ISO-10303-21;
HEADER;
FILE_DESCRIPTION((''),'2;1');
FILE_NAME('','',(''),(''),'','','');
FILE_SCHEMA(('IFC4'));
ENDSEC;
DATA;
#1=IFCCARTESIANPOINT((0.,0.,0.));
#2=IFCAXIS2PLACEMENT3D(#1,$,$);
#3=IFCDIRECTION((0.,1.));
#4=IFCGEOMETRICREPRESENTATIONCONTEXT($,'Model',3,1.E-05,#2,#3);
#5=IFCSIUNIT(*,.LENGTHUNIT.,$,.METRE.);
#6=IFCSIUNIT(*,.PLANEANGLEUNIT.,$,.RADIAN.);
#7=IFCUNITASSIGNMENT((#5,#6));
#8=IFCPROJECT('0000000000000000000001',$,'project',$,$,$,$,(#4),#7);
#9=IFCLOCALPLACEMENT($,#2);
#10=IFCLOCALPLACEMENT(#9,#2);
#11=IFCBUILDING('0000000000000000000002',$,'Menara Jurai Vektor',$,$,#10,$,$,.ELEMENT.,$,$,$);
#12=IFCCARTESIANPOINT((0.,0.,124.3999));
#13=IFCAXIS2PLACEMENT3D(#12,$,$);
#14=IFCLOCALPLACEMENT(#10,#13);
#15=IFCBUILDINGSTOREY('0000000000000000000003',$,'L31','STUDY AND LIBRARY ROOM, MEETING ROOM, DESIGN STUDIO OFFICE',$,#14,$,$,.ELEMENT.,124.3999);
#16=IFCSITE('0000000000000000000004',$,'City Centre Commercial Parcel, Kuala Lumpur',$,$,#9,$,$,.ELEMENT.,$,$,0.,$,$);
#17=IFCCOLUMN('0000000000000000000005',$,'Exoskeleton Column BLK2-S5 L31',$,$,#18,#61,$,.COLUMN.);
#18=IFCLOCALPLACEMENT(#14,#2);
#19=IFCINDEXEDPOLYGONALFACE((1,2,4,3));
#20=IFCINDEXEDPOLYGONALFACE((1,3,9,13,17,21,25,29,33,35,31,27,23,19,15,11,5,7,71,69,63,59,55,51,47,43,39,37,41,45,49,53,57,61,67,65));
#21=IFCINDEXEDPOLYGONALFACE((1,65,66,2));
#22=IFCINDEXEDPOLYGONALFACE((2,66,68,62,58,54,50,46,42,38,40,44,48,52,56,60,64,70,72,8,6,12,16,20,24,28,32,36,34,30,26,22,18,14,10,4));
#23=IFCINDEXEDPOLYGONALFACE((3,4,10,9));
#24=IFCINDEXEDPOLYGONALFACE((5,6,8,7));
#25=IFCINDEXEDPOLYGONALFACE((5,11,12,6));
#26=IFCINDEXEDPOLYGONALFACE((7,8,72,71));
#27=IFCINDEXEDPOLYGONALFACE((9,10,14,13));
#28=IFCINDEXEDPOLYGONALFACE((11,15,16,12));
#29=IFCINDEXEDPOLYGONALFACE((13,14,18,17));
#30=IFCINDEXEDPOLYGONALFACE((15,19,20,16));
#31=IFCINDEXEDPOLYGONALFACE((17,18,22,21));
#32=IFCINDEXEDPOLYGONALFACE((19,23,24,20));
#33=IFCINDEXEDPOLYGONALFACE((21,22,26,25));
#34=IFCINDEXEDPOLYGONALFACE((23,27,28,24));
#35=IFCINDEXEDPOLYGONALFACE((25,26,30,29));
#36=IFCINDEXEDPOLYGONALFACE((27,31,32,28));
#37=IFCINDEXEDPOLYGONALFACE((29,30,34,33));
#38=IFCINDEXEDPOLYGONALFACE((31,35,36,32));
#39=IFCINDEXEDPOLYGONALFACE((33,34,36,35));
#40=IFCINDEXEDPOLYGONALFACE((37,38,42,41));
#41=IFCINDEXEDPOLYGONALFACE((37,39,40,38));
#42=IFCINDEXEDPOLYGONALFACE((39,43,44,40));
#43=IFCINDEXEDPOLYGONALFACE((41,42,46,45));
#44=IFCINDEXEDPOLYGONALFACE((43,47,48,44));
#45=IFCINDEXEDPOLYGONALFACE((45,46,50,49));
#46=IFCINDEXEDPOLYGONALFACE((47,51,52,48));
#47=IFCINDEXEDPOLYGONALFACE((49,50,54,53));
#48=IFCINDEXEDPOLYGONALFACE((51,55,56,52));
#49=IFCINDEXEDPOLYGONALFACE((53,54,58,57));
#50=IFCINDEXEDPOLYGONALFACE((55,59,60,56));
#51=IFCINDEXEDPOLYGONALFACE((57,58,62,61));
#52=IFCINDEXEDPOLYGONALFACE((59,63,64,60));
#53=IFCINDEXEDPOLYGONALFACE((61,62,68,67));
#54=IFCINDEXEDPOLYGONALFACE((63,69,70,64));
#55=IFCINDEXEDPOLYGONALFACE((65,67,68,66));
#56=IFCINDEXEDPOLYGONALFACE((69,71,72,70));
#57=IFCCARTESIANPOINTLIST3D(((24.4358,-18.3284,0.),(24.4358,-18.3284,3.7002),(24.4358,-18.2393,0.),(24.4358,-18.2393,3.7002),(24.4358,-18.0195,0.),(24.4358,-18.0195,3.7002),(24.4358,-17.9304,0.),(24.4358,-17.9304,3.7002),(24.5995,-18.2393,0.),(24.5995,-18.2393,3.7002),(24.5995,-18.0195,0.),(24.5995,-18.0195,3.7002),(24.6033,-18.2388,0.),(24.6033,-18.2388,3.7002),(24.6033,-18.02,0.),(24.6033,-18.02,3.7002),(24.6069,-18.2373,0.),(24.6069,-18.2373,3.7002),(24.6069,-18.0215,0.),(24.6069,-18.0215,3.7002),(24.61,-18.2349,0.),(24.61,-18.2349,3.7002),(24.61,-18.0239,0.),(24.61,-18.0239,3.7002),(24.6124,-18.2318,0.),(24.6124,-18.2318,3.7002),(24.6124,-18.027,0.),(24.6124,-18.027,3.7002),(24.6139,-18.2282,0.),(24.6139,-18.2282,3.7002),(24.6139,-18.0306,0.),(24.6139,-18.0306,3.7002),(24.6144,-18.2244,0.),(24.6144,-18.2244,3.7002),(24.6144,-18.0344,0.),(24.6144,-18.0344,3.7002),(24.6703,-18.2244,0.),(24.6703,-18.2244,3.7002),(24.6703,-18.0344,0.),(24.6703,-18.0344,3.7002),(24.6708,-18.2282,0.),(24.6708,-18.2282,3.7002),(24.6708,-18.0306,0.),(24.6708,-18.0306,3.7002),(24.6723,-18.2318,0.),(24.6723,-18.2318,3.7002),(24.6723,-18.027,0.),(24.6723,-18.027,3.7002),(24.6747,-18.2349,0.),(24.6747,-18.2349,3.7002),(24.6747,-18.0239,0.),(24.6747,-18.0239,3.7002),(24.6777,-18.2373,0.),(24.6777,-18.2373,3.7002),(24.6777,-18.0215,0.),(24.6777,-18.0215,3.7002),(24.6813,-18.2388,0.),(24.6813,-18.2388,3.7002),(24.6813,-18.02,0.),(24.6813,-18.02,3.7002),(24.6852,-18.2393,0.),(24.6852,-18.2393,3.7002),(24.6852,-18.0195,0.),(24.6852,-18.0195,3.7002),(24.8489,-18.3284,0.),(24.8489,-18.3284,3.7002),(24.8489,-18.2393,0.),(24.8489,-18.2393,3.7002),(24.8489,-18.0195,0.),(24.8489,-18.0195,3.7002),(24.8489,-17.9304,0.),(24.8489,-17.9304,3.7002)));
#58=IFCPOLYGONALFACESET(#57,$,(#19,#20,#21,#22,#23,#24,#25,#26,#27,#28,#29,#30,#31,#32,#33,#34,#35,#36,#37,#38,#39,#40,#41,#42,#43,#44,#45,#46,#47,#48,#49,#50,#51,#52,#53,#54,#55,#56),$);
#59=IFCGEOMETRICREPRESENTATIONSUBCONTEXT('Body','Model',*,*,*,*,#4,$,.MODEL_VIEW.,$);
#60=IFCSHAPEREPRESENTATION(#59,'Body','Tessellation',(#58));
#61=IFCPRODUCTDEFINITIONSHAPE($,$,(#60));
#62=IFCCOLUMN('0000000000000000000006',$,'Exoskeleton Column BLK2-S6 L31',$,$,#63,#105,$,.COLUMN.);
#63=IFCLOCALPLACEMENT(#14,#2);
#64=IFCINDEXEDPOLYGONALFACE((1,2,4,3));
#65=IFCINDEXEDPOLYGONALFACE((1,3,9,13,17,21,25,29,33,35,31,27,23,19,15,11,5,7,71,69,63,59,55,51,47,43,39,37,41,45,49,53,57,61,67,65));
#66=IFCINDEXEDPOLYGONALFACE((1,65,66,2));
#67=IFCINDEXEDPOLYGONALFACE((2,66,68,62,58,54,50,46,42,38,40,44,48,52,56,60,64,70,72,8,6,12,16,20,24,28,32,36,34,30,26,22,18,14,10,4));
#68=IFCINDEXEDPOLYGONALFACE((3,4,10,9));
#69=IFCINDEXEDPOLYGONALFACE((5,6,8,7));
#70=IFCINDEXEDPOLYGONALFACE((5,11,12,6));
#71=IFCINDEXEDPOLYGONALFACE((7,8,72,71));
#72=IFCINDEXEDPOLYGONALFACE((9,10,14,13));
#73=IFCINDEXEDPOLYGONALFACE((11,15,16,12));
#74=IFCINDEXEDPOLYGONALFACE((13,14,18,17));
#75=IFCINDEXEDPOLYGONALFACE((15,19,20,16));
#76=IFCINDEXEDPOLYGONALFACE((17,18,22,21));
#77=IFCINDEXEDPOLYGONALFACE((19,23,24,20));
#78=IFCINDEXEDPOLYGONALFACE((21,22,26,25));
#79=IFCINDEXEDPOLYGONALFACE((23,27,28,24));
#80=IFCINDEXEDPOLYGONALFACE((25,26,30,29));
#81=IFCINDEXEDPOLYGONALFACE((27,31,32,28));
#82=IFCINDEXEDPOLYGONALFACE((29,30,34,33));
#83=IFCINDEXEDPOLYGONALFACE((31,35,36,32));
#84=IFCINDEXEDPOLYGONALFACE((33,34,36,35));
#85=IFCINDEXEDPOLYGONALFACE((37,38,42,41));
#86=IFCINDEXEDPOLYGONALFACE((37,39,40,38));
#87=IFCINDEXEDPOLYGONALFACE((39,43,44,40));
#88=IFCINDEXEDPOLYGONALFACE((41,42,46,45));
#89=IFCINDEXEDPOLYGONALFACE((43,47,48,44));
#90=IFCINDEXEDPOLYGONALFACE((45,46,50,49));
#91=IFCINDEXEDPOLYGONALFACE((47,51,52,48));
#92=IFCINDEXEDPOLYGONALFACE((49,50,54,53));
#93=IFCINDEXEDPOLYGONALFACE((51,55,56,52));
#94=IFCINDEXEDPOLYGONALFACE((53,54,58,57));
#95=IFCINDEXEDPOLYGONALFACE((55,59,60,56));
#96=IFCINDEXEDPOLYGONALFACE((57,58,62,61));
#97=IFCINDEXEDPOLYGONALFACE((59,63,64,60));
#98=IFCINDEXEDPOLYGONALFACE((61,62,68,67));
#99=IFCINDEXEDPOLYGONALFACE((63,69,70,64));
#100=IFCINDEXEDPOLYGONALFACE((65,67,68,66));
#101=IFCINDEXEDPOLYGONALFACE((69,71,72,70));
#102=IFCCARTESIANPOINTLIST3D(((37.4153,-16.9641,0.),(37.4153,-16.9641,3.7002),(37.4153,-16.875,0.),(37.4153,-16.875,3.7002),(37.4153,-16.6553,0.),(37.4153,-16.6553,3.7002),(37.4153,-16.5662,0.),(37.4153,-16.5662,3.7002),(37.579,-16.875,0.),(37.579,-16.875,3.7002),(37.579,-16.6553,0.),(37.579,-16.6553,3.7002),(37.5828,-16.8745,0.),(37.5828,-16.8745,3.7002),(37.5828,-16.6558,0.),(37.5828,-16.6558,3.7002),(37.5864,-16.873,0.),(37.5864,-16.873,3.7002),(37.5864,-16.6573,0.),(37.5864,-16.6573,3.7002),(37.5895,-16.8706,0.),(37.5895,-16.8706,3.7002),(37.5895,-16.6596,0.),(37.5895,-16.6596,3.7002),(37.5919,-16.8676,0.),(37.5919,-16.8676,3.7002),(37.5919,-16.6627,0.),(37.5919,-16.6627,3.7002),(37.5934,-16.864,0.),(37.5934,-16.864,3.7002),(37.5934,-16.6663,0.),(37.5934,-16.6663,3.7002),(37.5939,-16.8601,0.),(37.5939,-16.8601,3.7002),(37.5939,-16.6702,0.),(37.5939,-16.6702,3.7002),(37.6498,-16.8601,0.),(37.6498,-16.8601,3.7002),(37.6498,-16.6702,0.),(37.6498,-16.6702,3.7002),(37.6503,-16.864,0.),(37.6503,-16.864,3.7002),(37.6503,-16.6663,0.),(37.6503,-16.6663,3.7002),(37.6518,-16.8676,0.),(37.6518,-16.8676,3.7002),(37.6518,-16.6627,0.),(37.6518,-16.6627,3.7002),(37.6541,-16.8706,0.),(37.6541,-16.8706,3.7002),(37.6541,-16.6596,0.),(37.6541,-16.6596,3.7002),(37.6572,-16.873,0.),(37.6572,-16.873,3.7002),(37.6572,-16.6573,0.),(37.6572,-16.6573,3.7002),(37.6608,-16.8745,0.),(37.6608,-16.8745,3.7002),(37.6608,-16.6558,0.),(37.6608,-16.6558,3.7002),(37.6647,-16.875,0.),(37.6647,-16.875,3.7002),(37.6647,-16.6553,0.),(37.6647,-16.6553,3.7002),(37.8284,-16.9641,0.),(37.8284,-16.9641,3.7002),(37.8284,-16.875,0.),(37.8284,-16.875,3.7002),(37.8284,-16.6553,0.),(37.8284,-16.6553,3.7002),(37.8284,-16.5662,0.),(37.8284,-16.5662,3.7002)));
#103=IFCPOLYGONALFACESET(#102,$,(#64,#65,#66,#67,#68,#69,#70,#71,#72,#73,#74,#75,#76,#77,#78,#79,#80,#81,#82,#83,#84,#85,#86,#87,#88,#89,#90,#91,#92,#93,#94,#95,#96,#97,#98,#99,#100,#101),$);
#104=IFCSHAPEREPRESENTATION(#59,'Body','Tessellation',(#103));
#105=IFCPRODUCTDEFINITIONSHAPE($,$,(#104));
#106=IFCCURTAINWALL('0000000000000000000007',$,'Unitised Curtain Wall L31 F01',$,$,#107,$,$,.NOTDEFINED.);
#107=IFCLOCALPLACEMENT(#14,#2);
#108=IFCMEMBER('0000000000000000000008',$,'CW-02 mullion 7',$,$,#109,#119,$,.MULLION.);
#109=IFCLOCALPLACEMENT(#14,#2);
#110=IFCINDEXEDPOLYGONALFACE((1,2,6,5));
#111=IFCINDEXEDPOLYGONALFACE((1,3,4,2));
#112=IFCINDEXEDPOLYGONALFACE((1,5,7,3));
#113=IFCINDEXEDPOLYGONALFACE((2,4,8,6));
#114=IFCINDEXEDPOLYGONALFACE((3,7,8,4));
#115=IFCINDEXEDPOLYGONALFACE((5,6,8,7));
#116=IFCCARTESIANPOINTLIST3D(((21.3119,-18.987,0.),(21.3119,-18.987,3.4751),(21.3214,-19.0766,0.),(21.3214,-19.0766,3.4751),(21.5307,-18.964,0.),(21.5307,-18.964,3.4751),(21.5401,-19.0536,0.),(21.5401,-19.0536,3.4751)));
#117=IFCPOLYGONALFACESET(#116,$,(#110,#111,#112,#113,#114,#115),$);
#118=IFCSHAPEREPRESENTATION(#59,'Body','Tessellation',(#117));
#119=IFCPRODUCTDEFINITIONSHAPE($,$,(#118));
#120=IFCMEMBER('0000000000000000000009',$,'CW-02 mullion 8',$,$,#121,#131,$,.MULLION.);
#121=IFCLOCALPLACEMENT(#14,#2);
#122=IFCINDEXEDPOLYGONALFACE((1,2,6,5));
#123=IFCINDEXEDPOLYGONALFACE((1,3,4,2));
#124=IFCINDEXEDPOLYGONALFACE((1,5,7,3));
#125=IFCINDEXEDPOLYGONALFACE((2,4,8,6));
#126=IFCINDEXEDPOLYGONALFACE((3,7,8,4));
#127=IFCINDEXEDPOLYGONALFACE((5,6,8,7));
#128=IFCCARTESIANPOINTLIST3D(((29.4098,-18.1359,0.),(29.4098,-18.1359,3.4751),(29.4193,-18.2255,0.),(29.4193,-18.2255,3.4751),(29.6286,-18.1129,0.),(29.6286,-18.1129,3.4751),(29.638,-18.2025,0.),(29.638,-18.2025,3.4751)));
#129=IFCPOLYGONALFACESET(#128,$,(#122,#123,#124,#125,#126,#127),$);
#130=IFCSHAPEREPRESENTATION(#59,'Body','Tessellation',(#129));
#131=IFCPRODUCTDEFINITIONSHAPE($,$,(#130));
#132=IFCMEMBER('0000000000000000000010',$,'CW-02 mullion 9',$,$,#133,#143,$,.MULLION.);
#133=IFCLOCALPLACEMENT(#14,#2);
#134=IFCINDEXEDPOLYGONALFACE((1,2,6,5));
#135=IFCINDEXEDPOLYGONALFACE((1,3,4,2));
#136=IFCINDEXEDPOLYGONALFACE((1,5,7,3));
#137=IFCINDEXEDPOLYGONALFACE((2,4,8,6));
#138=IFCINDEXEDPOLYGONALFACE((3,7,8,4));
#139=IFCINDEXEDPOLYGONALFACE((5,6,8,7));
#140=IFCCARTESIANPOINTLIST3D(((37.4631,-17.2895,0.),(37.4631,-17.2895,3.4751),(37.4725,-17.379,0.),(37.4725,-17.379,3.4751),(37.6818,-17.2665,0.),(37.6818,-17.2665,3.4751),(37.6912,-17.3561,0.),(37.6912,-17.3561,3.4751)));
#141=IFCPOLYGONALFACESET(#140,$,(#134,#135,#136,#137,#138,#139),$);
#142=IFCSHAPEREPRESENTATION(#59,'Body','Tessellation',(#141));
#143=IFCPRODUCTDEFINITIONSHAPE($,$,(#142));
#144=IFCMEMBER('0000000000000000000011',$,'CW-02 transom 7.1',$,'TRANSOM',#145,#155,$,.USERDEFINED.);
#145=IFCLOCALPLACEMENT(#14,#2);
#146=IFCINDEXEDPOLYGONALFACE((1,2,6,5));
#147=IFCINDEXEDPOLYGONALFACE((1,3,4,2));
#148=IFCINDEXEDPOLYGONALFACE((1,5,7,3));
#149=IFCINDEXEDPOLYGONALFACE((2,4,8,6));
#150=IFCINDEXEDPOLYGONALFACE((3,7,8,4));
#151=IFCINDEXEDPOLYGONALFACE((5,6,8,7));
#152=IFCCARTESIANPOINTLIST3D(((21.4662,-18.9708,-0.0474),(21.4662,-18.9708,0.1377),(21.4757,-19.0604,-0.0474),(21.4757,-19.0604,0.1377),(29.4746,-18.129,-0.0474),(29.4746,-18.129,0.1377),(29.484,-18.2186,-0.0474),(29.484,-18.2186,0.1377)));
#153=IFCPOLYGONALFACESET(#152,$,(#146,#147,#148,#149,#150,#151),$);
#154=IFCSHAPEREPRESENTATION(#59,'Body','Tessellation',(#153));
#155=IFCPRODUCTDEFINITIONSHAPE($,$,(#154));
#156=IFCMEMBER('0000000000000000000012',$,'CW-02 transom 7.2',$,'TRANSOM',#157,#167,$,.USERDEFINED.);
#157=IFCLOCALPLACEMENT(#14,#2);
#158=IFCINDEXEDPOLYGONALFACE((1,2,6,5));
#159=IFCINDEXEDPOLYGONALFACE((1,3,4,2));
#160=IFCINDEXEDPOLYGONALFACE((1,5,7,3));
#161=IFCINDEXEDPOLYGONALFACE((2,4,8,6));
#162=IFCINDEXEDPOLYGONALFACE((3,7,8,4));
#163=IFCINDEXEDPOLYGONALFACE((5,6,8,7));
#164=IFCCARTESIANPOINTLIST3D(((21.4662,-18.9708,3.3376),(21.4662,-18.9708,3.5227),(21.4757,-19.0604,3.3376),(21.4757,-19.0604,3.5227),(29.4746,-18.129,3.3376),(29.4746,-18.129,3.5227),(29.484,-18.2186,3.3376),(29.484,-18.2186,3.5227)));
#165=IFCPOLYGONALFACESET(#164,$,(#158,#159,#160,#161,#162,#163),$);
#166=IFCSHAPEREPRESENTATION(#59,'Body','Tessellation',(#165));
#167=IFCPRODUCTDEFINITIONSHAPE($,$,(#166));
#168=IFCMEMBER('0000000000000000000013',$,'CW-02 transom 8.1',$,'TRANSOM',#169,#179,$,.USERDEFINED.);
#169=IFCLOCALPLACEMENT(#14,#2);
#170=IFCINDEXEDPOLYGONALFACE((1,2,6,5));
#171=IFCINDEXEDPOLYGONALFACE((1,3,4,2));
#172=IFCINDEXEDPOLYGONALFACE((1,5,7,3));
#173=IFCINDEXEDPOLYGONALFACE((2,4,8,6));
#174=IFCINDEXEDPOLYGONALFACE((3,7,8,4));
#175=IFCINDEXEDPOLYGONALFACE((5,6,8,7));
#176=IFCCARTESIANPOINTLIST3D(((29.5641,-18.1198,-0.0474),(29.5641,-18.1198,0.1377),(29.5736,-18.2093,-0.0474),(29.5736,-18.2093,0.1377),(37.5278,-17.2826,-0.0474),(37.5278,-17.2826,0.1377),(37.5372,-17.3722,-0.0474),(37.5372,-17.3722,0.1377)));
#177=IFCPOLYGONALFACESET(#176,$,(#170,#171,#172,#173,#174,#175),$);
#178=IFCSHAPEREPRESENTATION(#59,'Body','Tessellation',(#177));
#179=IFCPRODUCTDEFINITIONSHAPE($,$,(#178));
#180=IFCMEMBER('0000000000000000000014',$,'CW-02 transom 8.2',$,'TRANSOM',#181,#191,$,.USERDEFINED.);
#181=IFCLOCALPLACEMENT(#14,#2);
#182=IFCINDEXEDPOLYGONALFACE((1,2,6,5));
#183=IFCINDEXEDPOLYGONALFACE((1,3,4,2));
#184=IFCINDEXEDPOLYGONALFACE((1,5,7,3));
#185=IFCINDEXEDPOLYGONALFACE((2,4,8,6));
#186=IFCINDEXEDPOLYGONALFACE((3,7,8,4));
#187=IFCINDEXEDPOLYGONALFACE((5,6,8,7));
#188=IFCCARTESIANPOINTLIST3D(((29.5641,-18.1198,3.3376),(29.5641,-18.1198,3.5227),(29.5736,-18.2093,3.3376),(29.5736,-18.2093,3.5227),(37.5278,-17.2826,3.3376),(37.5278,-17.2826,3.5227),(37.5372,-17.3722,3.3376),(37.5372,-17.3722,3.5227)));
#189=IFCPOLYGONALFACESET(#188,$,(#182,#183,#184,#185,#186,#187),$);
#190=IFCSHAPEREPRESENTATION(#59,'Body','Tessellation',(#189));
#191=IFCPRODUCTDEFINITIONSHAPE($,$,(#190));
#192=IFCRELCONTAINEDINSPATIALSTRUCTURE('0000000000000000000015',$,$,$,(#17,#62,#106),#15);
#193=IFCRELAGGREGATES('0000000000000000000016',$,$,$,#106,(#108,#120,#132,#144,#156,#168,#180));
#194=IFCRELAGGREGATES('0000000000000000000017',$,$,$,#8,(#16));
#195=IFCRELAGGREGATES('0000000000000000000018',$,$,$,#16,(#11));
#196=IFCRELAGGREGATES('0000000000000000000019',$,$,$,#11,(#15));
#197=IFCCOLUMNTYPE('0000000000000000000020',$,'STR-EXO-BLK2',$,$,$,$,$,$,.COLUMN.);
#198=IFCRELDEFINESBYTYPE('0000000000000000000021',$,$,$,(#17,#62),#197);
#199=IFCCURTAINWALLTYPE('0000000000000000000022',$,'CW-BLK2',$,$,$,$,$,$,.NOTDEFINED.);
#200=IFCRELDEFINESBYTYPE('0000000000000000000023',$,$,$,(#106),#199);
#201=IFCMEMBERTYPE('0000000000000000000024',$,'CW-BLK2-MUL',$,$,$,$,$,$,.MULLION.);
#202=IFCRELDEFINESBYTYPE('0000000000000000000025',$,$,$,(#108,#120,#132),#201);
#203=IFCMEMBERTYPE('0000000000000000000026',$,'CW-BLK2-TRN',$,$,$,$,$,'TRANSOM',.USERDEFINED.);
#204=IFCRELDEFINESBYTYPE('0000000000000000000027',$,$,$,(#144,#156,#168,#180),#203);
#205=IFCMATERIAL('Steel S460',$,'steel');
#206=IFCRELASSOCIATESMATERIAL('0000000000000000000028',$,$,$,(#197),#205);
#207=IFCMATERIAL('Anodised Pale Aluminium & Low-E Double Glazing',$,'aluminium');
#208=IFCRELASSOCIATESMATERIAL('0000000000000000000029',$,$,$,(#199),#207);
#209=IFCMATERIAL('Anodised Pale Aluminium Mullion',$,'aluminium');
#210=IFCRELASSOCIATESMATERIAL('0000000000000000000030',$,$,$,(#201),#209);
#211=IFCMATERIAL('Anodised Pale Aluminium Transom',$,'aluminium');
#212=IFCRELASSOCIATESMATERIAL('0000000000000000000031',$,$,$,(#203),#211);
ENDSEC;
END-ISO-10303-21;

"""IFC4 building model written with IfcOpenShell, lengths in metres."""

from ifc_helpers import new_model, si_unit, direction, frame, origin, origin_2d, place, context, subcontext, project, spatial, rectangle, i_section, extrude, material, material_profile, profile_set, type_object, element, aggregate, save


model = new_model("IFC4")

# Units and contexts
model_context = context("Model", 3, precision=1e-05, world=origin(), true_north=direction((0.0, 1.0)))
body_context = subcontext(model_context, "Body", "Model", "MODEL_VIEW")
ifc_project = project(units=[si_unit("LENGTHUNIT", "METRE"), si_unit("PLANEANGLEUNIT", "RADIAN")], contexts=[model_context])

# Site, building, storey
site_placement = place(None, origin())
site = spatial("IfcSite", under=ifc_project, at=site_placement, Name="City Centre Commercial Parcel, Kuala Lumpur", CompositionType="ELEMENT", RefElevation=0.0)
building_placement = place(site_placement, origin())
building = spatial("IfcBuilding", under=site, at=building_placement, Name="Menara Jurai Vektor", CompositionType="ELEMENT")
storey_placement = place(building_placement, frame((0.0, 0.0, 124.3999)))
storey = spatial("IfcBuildingStorey", under=building, at=storey_placement, Name="L31", Description="STUDY AND LIBRARY ROOM, MEETING ROOM, DESIGN STUDIO OFFICE", CompositionType="ELEMENT", Elevation=124.3999)

# Columns
ifc_material_1 = material(Name="Steel S460", Category="steel")
ifc_material_profile_1 = material_profile(ifc_material_1, i_section(OverallWidth=0.4131, OverallDepth=0.3979, WebThickness=0.0559, FlangeThickness=0.0891, FilletRadius=0.0149, at=origin_2d()), Name="HD 400x744")
ifc_profile_set_1 = profile_set([ifc_material_profile_1], Name="Steel S460")
column_type = type_object("IfcColumnType", Name="STR-EXO-BLK2", PredefinedType="COLUMN", material=ifc_profile_set_1)
for number, where, z_axis, x_axis, name in (
    (1, (24.6423, -18.1294, 0.0), (0.0, 0.0, 1.0), (1.0, 0.0, 0.0), "Exoskeleton Column BLK2-S5 L31"),
    (2, (37.6218, -16.7651, 0.0), (0.0, 0.0, 1.0), (1.0, 0.0, 0.0), "Exoskeleton Column BLK2-S6 L31"),
):
    element("IfcColumn", number, at=place(storey_placement, frame(where, z_axis=z_axis, x_axis=x_axis)), inside=storey, type_object=column_type, Name=name, PredefinedType="COLUMN", context=body_context, shape_type="SweptSolid", body=[
        extrude(i_section(OverallWidth=0.4131, OverallDepth=0.3979, WebThickness=0.0559, FlangeThickness=0.0891, FilletRadius=0.0149, at=origin_2d()), origin(), (0.0, 0.0, 1.0), 3.7002),
    ])

# Curtain wall, members
ifc_material_2 = material(Name="Anodised Pale Aluminium & Low-E Double Glazing", Category="aluminium")
curtain_wall_type = type_object("IfcCurtainWallType", Name="CW-BLK2", PredefinedType="NOTDEFINED", material=ifc_material_2)
curtain_wall_placement = place(storey_placement, origin())
curtain_wall = element("IfcCurtainWall", 3, at=curtain_wall_placement, inside=storey, type_object=curtain_wall_type, Name="Unitised Curtain Wall L31 F01", PredefinedType="NOTDEFINED")
ifc_material_3 = material(Name="Anodised Pale Aluminium Mullion", Category="aluminium")
ifc_material_profile_2 = material_profile(ifc_material_3, rectangle(XDim=0.0901, YDim=0.22, at=origin_2d()), Name="ALU MUL 90x220")
ifc_profile_set_2 = profile_set([ifc_material_profile_2], Name="Anodised Pale Aluminium Mullion")
member_type_1 = type_object("IfcMemberType", Name="CW-BLK2-MUL", PredefinedType="MULLION", material=ifc_profile_set_2)
member_1_placement = place(storey_placement, frame((21.426, -19.0203, 0.0), z_axis=(0.0, 0.0, 1.0), x_axis=(-0.104529, 0.994522, 0.0)))
member_1 = element("IfcMember", 4, at=member_1_placement, type_object=member_type_1, Name="CW-02 mullion 7", PredefinedType="MULLION", context=body_context, shape_type="SweptSolid", body=[
    extrude(rectangle(XDim=0.0901, YDim=0.22, at=origin_2d()), origin(), (0.0, 0.0, 1.0), 3.4751),
])
member_2_placement = place(storey_placement, frame((29.5239, -18.1692, 0.0), z_axis=(0.0, 0.0, 1.0), x_axis=(-0.104529, 0.994522, 0.0)))
member_2 = element("IfcMember", 5, at=member_2_placement, type_object=member_type_1, Name="CW-02 mullion 8", PredefinedType="MULLION", context=body_context, shape_type="SweptSolid", body=[
    extrude(rectangle(XDim=0.0901, YDim=0.22, at=origin_2d()), origin(), (0.0, 0.0, 1.0), 3.4751),
])
member_3_placement = place(storey_placement, frame((37.5771, -17.3228, 0.0), z_axis=(0.0, 0.0, 1.0), x_axis=(-0.104529, 0.994522, 0.0)))
member_3 = element("IfcMember", 6, at=member_3_placement, type_object=member_type_1, Name="CW-02 mullion 9", PredefinedType="MULLION", context=body_context, shape_type="SweptSolid", body=[
    extrude(rectangle(XDim=0.0901, YDim=0.22, at=origin_2d()), origin(), (0.0, 0.0, 1.0), 3.4751),
])
ifc_material_4 = material(Name="Anodised Pale Aluminium Transom", Category="aluminium")
ifc_material_profile_3 = material_profile(ifc_material_4, rectangle(XDim=0.0901, YDim=0.1851, at=origin_2d()), Name="ALU TRN 90x185")
ifc_profile_set_3 = profile_set([ifc_material_profile_3], Name="Anodised Pale Aluminium Transom")
member_type_2 = type_object("IfcMemberType", Name="CW-BLK2-TRN", ElementType="TRANSOM", PredefinedType="USERDEFINED", material=ifc_profile_set_3)
member_4_placement = place(storey_placement, frame((21.4709, -19.0156, 0.0452), z_axis=(0.994521, 0.10454, 0.0), x_axis=(-0.10454, 0.994521, 0.0)))
member_4 = element("IfcMember", 7, at=member_4_placement, type_object=member_type_2, Name="CW-02 transom 7.1", ObjectType="TRANSOM", PredefinedType="USERDEFINED", context=body_context, shape_type="SweptSolid", body=[
    extrude(rectangle(XDim=0.0901, YDim=0.1851, at=origin_2d()), origin(), (0.0, 0.0, 1.0), 8.0525),
])
member_5_placement = place(storey_placement, frame((21.4709, -19.0156, 3.4302), z_axis=(0.994521, 0.10454, 0.0), x_axis=(-0.10454, 0.994521, 0.0)))
member_5 = element("IfcMember", 8, at=member_5_placement, type_object=member_type_2, Name="CW-02 transom 7.2", ObjectType="TRANSOM", PredefinedType="USERDEFINED", context=body_context, shape_type="SweptSolid", body=[
    extrude(rectangle(XDim=0.0901, YDim=0.1851, at=origin_2d()), origin(), (0.0, 0.0, 1.0), 8.0525),
])
member_6_placement = place(storey_placement, frame((29.5688, -18.1646, 0.0452), z_axis=(0.99452, 0.104547, 0.0), x_axis=(-0.104547, 0.99452, 0.0)))
member_6 = element("IfcMember", 9, at=member_6_placement, type_object=member_type_2, Name="CW-02 transom 8.1", ObjectType="TRANSOM", PredefinedType="USERDEFINED", context=body_context, shape_type="SweptSolid", body=[
    extrude(rectangle(XDim=0.0901, YDim=0.1851, at=origin_2d()), origin(), (0.0, 0.0, 1.0), 8.0076),
])
member_7_placement = place(storey_placement, frame((29.5688, -18.1646, 3.4302), z_axis=(0.99452, 0.104547, 0.0), x_axis=(-0.104547, 0.99452, 0.0)))
member_7 = element("IfcMember", 10, at=member_7_placement, type_object=member_type_2, Name="CW-02 transom 8.2", ObjectType="TRANSOM", PredefinedType="USERDEFINED", context=body_context, shape_type="SweptSolid", body=[
    extrude(rectangle(XDim=0.0901, YDim=0.1851, at=origin_2d()), origin(), (0.0, 0.0, 1.0), 8.0076),
])

aggregate(curtain_wall, [member_1, member_2, member_3, member_4, member_5, member_6, member_7])

save(model, "model.ifc")
